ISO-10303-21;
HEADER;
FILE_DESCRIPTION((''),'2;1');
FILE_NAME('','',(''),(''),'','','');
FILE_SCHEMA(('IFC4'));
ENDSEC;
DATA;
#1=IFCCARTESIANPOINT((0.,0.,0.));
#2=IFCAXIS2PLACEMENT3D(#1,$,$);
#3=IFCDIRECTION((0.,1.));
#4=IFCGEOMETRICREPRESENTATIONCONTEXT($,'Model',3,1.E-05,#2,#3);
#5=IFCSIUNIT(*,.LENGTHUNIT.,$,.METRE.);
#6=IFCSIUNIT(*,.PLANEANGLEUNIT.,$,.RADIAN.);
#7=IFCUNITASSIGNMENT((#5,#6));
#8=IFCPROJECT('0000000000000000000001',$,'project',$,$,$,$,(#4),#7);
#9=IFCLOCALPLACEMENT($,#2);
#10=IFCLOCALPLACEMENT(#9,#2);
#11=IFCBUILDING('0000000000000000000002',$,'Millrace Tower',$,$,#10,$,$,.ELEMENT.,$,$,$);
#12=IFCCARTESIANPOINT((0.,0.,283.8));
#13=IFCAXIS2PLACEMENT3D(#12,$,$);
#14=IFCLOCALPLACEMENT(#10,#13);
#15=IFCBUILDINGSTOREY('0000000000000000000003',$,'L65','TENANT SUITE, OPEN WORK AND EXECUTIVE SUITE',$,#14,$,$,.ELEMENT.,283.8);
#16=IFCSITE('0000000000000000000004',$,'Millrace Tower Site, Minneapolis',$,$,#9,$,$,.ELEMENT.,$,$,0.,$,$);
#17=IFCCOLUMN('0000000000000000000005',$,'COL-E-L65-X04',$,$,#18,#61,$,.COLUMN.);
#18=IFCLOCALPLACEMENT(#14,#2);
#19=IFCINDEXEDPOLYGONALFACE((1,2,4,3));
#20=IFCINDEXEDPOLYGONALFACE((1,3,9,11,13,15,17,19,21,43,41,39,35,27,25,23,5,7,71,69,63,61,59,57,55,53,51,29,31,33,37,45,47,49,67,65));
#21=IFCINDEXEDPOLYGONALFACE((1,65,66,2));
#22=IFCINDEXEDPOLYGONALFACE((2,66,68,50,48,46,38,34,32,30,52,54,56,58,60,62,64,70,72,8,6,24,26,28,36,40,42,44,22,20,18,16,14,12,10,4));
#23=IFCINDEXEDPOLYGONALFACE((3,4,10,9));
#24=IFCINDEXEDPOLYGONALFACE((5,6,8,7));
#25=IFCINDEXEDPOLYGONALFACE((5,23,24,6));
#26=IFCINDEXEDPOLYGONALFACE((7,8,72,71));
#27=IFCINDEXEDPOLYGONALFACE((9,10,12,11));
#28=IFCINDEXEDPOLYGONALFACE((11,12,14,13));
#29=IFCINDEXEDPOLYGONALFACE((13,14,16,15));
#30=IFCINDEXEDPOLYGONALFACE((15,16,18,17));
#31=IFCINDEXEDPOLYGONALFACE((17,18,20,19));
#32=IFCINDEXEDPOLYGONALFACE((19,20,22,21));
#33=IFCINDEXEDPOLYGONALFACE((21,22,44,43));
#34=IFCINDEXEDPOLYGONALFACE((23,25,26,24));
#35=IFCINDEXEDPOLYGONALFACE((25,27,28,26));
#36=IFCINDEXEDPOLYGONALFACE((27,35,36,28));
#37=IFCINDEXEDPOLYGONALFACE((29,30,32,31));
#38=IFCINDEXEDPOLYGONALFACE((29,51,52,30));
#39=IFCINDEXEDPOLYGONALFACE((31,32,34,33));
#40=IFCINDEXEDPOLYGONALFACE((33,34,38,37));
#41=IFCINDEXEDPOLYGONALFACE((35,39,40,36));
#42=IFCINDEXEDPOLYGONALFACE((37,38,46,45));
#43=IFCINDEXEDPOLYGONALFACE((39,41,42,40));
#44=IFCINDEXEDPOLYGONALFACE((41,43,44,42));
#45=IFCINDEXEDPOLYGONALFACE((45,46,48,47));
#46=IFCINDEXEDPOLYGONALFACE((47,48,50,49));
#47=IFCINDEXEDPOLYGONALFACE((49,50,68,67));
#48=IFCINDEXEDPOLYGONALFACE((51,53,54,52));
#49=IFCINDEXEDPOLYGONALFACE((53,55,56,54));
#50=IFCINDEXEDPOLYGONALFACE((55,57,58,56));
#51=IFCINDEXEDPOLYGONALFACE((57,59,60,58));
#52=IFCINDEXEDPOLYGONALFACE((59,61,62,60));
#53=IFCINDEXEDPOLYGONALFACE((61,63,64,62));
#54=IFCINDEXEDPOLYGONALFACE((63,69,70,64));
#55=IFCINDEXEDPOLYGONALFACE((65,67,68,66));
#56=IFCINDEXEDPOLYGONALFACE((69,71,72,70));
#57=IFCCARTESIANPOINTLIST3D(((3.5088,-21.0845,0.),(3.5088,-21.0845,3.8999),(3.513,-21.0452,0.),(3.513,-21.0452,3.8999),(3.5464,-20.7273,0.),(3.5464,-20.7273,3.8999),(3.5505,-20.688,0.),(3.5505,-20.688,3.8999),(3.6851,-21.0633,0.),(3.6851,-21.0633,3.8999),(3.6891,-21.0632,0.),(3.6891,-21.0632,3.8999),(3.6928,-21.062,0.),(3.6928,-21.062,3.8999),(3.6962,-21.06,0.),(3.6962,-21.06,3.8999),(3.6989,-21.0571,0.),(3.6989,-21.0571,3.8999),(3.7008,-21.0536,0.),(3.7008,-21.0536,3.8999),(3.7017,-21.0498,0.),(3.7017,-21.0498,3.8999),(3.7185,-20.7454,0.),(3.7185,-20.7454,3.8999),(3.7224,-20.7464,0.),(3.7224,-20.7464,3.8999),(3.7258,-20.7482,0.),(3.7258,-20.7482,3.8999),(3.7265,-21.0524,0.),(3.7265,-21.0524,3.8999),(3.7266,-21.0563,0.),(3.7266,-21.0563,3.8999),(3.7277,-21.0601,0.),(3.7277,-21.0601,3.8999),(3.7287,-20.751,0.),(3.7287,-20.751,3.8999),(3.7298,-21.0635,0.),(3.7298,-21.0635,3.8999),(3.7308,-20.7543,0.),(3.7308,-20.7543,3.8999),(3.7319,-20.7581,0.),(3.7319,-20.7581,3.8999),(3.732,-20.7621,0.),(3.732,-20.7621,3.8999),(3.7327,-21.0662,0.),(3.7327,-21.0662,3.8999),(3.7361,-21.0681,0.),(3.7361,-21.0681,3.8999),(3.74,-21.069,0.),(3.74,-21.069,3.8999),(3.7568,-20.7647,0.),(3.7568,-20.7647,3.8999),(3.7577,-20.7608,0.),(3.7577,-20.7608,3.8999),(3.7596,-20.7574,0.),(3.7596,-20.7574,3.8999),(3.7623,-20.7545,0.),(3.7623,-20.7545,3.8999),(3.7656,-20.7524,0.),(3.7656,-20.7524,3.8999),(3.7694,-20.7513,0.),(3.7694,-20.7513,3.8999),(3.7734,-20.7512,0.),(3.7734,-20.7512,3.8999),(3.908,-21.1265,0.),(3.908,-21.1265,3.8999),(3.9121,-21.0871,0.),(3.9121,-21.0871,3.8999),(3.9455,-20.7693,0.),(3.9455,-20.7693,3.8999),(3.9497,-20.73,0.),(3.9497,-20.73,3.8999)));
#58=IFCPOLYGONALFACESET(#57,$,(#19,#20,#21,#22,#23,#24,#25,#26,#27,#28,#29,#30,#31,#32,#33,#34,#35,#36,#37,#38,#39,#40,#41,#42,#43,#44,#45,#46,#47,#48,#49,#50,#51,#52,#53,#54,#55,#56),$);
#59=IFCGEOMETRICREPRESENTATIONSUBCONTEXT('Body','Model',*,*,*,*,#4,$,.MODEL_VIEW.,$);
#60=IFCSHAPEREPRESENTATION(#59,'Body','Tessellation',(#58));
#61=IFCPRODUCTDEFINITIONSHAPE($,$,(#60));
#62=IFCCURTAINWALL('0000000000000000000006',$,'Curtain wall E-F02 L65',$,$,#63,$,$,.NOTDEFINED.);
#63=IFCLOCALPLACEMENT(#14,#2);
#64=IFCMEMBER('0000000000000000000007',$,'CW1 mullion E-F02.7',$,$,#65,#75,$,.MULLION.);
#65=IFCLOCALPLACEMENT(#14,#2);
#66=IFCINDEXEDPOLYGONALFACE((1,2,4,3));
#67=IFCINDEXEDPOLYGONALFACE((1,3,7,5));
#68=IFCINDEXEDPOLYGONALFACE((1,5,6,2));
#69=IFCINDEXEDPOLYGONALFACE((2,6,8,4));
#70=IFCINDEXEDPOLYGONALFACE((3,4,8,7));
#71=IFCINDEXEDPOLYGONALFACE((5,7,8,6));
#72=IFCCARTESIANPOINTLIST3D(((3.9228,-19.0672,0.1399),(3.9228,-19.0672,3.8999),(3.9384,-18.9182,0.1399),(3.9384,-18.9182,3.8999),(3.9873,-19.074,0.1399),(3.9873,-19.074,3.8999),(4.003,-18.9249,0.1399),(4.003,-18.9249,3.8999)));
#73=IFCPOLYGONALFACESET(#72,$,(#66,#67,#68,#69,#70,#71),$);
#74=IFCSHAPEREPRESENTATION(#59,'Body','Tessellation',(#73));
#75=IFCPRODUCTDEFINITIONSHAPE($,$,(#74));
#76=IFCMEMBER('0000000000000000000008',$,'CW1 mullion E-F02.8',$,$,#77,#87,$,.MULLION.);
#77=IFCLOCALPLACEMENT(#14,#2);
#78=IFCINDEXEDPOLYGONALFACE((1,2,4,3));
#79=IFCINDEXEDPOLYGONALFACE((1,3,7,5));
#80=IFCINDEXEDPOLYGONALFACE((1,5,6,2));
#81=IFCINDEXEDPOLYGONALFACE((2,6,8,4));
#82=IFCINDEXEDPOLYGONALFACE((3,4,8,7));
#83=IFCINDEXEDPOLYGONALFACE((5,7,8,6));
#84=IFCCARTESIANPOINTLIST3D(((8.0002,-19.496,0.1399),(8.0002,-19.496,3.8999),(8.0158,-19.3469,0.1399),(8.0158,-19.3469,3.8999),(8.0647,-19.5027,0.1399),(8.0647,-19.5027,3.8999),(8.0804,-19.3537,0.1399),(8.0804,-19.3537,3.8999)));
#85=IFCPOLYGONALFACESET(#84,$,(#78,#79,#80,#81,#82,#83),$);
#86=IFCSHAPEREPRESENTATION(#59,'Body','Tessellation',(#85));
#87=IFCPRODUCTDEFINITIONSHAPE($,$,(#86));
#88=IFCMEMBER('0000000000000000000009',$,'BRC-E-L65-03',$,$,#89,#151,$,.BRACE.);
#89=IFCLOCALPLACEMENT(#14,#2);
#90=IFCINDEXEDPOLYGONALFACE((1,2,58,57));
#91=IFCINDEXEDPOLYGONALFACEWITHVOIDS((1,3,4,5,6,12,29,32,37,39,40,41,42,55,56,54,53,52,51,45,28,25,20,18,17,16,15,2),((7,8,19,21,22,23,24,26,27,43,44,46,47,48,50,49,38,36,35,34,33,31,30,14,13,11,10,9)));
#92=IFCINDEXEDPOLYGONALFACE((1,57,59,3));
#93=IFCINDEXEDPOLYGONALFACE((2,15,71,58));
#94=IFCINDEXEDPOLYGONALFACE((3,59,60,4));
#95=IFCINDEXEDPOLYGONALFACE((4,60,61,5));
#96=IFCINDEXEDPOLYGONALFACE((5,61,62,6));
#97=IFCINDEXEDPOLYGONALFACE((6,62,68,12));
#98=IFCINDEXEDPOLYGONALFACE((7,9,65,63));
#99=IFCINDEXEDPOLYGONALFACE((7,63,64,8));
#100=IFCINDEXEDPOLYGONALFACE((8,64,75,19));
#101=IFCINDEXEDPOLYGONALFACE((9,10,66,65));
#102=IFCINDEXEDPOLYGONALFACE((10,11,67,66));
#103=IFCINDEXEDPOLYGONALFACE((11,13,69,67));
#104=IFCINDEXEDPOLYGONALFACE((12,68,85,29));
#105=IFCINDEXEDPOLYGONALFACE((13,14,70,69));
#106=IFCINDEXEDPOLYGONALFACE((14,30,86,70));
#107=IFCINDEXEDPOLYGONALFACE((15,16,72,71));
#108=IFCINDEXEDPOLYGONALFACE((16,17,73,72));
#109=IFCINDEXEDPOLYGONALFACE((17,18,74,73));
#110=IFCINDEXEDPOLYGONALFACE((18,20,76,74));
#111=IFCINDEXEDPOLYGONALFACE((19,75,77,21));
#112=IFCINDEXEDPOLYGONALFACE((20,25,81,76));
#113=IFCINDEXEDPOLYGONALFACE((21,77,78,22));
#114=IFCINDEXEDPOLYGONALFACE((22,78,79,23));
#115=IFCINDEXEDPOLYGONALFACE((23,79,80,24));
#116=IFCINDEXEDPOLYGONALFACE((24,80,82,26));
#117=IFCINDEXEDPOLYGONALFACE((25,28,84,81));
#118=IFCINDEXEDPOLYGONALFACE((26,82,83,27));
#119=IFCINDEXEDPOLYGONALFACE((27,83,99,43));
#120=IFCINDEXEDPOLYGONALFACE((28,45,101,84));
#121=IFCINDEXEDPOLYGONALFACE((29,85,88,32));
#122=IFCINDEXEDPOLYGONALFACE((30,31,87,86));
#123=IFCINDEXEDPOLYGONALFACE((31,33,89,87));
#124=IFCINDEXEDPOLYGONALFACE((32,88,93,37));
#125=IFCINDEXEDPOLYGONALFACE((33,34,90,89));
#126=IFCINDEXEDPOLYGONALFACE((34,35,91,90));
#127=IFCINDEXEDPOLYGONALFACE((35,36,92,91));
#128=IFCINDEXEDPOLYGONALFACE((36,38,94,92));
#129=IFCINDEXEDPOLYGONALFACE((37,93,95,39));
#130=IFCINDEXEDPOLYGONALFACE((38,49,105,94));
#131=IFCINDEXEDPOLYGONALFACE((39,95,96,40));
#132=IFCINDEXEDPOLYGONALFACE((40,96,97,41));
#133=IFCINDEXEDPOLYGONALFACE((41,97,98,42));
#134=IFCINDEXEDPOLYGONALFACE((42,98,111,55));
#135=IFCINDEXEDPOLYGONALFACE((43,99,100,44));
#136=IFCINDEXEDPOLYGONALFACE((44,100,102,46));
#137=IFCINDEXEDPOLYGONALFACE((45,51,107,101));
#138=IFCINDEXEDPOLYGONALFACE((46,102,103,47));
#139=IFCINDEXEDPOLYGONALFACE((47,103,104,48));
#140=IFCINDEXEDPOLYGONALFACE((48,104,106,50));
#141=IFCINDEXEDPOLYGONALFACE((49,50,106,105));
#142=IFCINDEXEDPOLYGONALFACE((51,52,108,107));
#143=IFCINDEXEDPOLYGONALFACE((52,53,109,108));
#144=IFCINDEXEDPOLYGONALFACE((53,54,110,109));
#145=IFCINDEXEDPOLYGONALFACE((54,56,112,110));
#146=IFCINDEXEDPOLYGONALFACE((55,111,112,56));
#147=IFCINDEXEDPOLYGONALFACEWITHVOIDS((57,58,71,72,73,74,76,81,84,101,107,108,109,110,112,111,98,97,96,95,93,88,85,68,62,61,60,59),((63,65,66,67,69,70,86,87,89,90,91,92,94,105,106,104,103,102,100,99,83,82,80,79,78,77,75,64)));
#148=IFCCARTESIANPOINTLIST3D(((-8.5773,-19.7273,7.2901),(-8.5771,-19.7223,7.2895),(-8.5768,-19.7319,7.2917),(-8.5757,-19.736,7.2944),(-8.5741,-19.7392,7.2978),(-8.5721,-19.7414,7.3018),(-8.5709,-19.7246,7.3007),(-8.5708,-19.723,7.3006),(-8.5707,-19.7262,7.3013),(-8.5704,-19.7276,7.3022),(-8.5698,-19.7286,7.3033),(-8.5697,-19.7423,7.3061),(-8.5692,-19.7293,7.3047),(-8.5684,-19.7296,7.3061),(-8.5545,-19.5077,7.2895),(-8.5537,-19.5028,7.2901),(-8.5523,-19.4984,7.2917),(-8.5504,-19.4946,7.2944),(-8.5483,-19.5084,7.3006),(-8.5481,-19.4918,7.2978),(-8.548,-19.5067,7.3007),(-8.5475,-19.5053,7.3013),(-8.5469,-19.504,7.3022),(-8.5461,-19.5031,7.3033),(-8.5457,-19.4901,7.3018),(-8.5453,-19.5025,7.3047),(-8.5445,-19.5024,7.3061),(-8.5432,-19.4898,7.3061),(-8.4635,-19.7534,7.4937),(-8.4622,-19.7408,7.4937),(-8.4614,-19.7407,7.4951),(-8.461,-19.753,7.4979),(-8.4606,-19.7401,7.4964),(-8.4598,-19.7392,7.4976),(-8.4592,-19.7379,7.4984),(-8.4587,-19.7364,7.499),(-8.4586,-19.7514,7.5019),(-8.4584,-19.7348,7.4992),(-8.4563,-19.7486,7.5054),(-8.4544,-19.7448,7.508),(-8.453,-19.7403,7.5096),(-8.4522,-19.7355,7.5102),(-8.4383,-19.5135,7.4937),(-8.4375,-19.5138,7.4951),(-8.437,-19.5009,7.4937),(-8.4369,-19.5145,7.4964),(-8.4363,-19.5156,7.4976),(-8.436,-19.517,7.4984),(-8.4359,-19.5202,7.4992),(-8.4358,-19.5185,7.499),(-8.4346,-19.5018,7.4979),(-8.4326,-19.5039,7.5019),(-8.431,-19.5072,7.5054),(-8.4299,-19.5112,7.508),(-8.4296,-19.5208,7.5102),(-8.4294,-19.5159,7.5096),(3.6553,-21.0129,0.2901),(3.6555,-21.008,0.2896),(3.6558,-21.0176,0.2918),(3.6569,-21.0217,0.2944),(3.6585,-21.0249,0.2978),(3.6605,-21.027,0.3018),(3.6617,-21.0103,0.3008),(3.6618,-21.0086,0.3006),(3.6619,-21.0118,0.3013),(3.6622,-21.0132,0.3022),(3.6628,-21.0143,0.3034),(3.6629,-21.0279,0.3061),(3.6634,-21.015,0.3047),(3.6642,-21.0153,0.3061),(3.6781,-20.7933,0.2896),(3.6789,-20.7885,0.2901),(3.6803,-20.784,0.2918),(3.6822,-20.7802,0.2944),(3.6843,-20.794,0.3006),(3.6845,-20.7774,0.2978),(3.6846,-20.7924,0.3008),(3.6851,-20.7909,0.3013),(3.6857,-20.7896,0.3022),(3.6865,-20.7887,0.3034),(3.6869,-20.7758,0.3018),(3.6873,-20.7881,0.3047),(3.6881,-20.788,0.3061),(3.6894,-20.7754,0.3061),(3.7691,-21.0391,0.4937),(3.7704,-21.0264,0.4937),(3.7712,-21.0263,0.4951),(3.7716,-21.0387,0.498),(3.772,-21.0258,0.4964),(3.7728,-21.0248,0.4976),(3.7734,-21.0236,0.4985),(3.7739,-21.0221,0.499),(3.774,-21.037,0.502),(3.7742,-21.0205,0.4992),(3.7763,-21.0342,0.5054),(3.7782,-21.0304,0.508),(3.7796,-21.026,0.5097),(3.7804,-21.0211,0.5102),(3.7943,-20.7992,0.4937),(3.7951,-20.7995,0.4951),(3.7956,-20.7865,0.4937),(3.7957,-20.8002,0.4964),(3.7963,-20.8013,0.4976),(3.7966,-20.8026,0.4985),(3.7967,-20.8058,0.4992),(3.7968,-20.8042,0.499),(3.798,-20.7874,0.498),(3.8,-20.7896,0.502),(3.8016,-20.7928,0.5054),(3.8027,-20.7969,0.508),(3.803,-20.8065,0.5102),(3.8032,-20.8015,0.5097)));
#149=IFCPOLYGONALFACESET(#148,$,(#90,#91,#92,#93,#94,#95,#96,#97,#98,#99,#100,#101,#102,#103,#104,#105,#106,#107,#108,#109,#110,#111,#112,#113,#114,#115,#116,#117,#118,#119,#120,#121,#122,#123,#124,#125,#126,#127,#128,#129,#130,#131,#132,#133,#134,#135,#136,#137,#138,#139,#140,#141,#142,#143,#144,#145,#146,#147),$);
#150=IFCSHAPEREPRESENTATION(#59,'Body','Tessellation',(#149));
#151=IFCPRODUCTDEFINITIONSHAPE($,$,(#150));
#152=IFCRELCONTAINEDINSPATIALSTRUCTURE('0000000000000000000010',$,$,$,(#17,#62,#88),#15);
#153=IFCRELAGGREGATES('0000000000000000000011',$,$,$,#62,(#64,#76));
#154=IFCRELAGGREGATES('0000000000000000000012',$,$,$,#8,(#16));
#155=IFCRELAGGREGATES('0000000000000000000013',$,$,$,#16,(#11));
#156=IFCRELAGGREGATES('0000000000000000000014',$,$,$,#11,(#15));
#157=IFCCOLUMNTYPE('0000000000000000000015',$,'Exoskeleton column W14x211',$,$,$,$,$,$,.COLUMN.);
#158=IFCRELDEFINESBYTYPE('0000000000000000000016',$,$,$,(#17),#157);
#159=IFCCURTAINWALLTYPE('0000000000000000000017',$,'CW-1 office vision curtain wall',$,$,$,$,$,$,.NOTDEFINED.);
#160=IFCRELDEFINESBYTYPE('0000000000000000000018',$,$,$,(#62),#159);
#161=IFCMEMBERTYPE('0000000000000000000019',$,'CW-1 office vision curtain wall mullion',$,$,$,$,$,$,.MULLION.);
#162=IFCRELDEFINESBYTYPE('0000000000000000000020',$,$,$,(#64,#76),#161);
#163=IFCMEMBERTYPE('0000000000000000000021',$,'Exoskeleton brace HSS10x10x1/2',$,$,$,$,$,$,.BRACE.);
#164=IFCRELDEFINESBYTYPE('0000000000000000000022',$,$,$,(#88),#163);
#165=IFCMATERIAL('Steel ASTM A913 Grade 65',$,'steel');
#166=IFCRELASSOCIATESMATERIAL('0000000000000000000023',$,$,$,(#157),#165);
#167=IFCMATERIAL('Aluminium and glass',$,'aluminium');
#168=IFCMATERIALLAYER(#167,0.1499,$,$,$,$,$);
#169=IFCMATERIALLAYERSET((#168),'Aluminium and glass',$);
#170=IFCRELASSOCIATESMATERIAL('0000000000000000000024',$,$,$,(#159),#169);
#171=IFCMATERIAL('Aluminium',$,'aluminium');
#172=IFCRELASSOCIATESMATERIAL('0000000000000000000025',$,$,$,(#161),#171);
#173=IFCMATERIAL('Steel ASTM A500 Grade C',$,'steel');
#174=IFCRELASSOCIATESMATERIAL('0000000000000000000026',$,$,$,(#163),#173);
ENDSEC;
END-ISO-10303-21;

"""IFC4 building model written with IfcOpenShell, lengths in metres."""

from ifc_helpers import new_model, si_unit, direction, frame, origin, origin_2d, place, context, subcontext, project, spatial, rectangle, hollow_rectangle, i_section, extrude, material, layer, layer_set, material_profile, profile_set, type_object, element, aggregate, save


model = new_model("IFC4")

# Units and contexts
model_context = context("Model", 3, precision=1e-05, world=origin(), true_north=direction((0.0, 1.0)))
body_context = subcontext(model_context, "Body", "Model", "MODEL_VIEW")
ifc_project = project(units=[si_unit("LENGTHUNIT", "METRE"), si_unit("PLANEANGLEUNIT", "RADIAN")], contexts=[model_context])

# Site, building, storey
site_placement = place(None, origin())
site = spatial("IfcSite", under=ifc_project, at=site_placement, Name="Millrace Tower Site, Minneapolis", CompositionType="ELEMENT", RefElevation=0.0)
building_placement = place(site_placement, origin())
building = spatial("IfcBuilding", under=site, at=building_placement, Name="Millrace Tower", CompositionType="ELEMENT")
storey_placement = place(building_placement, frame((0.0, 0.0, 283.8)))
storey = spatial("IfcBuildingStorey", under=building, at=storey_placement, Name="L65", Description="TENANT SUITE, OPEN WORK AND EXECUTIVE SUITE", CompositionType="ELEMENT", Elevation=283.8)

# Column
ifc_material_1 = material(Name="Steel ASTM A913 Grade 65", Category="steel")
ifc_material_profile_1 = material_profile(ifc_material_1, i_section(OverallWidth=0.4014, OverallDepth=0.3987, WebThickness=0.0249, FlangeThickness=0.0396, FilletRadius=0.0151, at=origin_2d()))
ifc_profile_set_1 = profile_set([ifc_material_profile_1], Name="Steel ASTM A913 Grade 65")
column_type = type_object("IfcColumnType", Name="Exoskeleton column W14x211", PredefinedType="COLUMN", material=ifc_profile_set_1)
column_placement = place(storey_placement, frame((3.7292, -20.9072, 0.0), z_axis=(0.0, 0.0, 1.0), x_axis=(0.994522, -0.104528, 0.0)))
element("IfcColumn", 1, at=column_placement, inside=storey, type_object=column_type, Name="COL-E-L65-X04", PredefinedType="COLUMN", context=body_context, shape_type="SweptSolid", body=[
    extrude(i_section(OverallWidth=0.4014, OverallDepth=0.3987, WebThickness=0.0249, FlangeThickness=0.0396, FilletRadius=0.0151, at=origin_2d()), origin(), (0.0, 0.0, 1.0), 3.8999),
])

# Curtain wall, members
ifc_material_2 = material(Name="Aluminium and glass", Category="aluminium")
ifc_layer_1 = layer(ifc_material_2, 0.1499)
ifc_layer_set_1 = layer_set([ifc_layer_1], Name="Aluminium and glass")
curtain_wall_type = type_object("IfcCurtainWallType", Name="CW-1 office vision curtain wall", PredefinedType="NOTDEFINED", material=ifc_layer_set_1)
placement = place(storey_placement, origin())
curtain_wall = element("IfcCurtainWall", 2, at=placement, inside=storey, type_object=curtain_wall_type, Name="Curtain wall E-F02 L65", PredefinedType="NOTDEFINED")
ifc_material_3 = material(Name="Aluminium", Category="aluminium")
ifc_material_profile_2 = material_profile(ifc_material_3, rectangle(XDim=0.0649, YDim=0.1499, at=origin_2d()))
ifc_profile_set_2 = profile_set([ifc_material_profile_2], Name="Aluminium")
member_type_1 = type_object("IfcMemberType", Name="CW-1 office vision curtain wall mullion", PredefinedType="MULLION", material=ifc_profile_set_2)
member_1_placement = place(storey_placement, frame((3.9629, -18.9961, 0.1399), z_axis=(0.0, 0.0, 1.0), x_axis=(0.994522, -0.104528, 0.0)))
member_1 = element("IfcMember", 3, at=member_1_placement, type_object=member_type_1, Name="CW1 mullion E-F02.7", PredefinedType="MULLION", context=body_context, shape_type="SweptSolid", body=[
    extrude(rectangle(XDim=0.0649, YDim=0.1499, at=origin_2d()), origin(), (0.0, 0.0, 1.0), 3.76),
])
member_2_placement = place(storey_placement, frame((8.0403, -19.4248, 0.1399), z_axis=(0.0, 0.0, 1.0), x_axis=(0.994522, -0.104528, 0.0)))
member_2 = element("IfcMember", 4, at=member_2_placement, type_object=member_type_1, Name="CW1 mullion E-F02.8", PredefinedType="MULLION", context=body_context, shape_type="SweptSolid", body=[
    extrude(rectangle(XDim=0.0649, YDim=0.1499, at=origin_2d()), origin(), (0.0, 0.0, 1.0), 3.76),
])
aggregate(curtain_wall, [member_1, member_2])

# Member
ifc_material_4 = material(Name="Steel ASTM A500 Grade C", Category="steel")
ifc_material_profile_3 = material_profile(ifc_material_4, hollow_rectangle(XDim=0.2539, YDim=0.2539, WallThickness=0.0127, InnerFilletRadius=0.0063, OuterFilletRadius=0.019, at=origin_2d()))
ifc_profile_set_3 = profile_set([ifc_material_profile_3], Name="Steel ASTM A500 Grade C")
member_type_2 = type_object("IfcMemberType", Name="Exoskeleton brace HSS10x10x1/2", PredefinedType="BRACE", material=ifc_profile_set_3)
member_3_placement = place(storey_placement, frame((3.7292, -20.9072, 0.3999), z_axis=(-0.864352, 0.090843, 0.494615), x_axis=(-0.104524, -0.994522, 0.0)))
element("IfcMember", 5, at=member_3_placement, inside=storey, type_object=member_type_2, Name="BRC-E-L65-03", PredefinedType="BRACE", context=body_context, shape_type="SweptSolid", body=[
    extrude(hollow_rectangle(XDim=0.2539, YDim=0.2539, WallThickness=0.0127, InnerFilletRadius=0.0063, OuterFilletRadius=0.019, at=origin_2d()), origin(), (0.0, 0.0, 1.0), 14.1523),
])

save(model, "model.ifc")
